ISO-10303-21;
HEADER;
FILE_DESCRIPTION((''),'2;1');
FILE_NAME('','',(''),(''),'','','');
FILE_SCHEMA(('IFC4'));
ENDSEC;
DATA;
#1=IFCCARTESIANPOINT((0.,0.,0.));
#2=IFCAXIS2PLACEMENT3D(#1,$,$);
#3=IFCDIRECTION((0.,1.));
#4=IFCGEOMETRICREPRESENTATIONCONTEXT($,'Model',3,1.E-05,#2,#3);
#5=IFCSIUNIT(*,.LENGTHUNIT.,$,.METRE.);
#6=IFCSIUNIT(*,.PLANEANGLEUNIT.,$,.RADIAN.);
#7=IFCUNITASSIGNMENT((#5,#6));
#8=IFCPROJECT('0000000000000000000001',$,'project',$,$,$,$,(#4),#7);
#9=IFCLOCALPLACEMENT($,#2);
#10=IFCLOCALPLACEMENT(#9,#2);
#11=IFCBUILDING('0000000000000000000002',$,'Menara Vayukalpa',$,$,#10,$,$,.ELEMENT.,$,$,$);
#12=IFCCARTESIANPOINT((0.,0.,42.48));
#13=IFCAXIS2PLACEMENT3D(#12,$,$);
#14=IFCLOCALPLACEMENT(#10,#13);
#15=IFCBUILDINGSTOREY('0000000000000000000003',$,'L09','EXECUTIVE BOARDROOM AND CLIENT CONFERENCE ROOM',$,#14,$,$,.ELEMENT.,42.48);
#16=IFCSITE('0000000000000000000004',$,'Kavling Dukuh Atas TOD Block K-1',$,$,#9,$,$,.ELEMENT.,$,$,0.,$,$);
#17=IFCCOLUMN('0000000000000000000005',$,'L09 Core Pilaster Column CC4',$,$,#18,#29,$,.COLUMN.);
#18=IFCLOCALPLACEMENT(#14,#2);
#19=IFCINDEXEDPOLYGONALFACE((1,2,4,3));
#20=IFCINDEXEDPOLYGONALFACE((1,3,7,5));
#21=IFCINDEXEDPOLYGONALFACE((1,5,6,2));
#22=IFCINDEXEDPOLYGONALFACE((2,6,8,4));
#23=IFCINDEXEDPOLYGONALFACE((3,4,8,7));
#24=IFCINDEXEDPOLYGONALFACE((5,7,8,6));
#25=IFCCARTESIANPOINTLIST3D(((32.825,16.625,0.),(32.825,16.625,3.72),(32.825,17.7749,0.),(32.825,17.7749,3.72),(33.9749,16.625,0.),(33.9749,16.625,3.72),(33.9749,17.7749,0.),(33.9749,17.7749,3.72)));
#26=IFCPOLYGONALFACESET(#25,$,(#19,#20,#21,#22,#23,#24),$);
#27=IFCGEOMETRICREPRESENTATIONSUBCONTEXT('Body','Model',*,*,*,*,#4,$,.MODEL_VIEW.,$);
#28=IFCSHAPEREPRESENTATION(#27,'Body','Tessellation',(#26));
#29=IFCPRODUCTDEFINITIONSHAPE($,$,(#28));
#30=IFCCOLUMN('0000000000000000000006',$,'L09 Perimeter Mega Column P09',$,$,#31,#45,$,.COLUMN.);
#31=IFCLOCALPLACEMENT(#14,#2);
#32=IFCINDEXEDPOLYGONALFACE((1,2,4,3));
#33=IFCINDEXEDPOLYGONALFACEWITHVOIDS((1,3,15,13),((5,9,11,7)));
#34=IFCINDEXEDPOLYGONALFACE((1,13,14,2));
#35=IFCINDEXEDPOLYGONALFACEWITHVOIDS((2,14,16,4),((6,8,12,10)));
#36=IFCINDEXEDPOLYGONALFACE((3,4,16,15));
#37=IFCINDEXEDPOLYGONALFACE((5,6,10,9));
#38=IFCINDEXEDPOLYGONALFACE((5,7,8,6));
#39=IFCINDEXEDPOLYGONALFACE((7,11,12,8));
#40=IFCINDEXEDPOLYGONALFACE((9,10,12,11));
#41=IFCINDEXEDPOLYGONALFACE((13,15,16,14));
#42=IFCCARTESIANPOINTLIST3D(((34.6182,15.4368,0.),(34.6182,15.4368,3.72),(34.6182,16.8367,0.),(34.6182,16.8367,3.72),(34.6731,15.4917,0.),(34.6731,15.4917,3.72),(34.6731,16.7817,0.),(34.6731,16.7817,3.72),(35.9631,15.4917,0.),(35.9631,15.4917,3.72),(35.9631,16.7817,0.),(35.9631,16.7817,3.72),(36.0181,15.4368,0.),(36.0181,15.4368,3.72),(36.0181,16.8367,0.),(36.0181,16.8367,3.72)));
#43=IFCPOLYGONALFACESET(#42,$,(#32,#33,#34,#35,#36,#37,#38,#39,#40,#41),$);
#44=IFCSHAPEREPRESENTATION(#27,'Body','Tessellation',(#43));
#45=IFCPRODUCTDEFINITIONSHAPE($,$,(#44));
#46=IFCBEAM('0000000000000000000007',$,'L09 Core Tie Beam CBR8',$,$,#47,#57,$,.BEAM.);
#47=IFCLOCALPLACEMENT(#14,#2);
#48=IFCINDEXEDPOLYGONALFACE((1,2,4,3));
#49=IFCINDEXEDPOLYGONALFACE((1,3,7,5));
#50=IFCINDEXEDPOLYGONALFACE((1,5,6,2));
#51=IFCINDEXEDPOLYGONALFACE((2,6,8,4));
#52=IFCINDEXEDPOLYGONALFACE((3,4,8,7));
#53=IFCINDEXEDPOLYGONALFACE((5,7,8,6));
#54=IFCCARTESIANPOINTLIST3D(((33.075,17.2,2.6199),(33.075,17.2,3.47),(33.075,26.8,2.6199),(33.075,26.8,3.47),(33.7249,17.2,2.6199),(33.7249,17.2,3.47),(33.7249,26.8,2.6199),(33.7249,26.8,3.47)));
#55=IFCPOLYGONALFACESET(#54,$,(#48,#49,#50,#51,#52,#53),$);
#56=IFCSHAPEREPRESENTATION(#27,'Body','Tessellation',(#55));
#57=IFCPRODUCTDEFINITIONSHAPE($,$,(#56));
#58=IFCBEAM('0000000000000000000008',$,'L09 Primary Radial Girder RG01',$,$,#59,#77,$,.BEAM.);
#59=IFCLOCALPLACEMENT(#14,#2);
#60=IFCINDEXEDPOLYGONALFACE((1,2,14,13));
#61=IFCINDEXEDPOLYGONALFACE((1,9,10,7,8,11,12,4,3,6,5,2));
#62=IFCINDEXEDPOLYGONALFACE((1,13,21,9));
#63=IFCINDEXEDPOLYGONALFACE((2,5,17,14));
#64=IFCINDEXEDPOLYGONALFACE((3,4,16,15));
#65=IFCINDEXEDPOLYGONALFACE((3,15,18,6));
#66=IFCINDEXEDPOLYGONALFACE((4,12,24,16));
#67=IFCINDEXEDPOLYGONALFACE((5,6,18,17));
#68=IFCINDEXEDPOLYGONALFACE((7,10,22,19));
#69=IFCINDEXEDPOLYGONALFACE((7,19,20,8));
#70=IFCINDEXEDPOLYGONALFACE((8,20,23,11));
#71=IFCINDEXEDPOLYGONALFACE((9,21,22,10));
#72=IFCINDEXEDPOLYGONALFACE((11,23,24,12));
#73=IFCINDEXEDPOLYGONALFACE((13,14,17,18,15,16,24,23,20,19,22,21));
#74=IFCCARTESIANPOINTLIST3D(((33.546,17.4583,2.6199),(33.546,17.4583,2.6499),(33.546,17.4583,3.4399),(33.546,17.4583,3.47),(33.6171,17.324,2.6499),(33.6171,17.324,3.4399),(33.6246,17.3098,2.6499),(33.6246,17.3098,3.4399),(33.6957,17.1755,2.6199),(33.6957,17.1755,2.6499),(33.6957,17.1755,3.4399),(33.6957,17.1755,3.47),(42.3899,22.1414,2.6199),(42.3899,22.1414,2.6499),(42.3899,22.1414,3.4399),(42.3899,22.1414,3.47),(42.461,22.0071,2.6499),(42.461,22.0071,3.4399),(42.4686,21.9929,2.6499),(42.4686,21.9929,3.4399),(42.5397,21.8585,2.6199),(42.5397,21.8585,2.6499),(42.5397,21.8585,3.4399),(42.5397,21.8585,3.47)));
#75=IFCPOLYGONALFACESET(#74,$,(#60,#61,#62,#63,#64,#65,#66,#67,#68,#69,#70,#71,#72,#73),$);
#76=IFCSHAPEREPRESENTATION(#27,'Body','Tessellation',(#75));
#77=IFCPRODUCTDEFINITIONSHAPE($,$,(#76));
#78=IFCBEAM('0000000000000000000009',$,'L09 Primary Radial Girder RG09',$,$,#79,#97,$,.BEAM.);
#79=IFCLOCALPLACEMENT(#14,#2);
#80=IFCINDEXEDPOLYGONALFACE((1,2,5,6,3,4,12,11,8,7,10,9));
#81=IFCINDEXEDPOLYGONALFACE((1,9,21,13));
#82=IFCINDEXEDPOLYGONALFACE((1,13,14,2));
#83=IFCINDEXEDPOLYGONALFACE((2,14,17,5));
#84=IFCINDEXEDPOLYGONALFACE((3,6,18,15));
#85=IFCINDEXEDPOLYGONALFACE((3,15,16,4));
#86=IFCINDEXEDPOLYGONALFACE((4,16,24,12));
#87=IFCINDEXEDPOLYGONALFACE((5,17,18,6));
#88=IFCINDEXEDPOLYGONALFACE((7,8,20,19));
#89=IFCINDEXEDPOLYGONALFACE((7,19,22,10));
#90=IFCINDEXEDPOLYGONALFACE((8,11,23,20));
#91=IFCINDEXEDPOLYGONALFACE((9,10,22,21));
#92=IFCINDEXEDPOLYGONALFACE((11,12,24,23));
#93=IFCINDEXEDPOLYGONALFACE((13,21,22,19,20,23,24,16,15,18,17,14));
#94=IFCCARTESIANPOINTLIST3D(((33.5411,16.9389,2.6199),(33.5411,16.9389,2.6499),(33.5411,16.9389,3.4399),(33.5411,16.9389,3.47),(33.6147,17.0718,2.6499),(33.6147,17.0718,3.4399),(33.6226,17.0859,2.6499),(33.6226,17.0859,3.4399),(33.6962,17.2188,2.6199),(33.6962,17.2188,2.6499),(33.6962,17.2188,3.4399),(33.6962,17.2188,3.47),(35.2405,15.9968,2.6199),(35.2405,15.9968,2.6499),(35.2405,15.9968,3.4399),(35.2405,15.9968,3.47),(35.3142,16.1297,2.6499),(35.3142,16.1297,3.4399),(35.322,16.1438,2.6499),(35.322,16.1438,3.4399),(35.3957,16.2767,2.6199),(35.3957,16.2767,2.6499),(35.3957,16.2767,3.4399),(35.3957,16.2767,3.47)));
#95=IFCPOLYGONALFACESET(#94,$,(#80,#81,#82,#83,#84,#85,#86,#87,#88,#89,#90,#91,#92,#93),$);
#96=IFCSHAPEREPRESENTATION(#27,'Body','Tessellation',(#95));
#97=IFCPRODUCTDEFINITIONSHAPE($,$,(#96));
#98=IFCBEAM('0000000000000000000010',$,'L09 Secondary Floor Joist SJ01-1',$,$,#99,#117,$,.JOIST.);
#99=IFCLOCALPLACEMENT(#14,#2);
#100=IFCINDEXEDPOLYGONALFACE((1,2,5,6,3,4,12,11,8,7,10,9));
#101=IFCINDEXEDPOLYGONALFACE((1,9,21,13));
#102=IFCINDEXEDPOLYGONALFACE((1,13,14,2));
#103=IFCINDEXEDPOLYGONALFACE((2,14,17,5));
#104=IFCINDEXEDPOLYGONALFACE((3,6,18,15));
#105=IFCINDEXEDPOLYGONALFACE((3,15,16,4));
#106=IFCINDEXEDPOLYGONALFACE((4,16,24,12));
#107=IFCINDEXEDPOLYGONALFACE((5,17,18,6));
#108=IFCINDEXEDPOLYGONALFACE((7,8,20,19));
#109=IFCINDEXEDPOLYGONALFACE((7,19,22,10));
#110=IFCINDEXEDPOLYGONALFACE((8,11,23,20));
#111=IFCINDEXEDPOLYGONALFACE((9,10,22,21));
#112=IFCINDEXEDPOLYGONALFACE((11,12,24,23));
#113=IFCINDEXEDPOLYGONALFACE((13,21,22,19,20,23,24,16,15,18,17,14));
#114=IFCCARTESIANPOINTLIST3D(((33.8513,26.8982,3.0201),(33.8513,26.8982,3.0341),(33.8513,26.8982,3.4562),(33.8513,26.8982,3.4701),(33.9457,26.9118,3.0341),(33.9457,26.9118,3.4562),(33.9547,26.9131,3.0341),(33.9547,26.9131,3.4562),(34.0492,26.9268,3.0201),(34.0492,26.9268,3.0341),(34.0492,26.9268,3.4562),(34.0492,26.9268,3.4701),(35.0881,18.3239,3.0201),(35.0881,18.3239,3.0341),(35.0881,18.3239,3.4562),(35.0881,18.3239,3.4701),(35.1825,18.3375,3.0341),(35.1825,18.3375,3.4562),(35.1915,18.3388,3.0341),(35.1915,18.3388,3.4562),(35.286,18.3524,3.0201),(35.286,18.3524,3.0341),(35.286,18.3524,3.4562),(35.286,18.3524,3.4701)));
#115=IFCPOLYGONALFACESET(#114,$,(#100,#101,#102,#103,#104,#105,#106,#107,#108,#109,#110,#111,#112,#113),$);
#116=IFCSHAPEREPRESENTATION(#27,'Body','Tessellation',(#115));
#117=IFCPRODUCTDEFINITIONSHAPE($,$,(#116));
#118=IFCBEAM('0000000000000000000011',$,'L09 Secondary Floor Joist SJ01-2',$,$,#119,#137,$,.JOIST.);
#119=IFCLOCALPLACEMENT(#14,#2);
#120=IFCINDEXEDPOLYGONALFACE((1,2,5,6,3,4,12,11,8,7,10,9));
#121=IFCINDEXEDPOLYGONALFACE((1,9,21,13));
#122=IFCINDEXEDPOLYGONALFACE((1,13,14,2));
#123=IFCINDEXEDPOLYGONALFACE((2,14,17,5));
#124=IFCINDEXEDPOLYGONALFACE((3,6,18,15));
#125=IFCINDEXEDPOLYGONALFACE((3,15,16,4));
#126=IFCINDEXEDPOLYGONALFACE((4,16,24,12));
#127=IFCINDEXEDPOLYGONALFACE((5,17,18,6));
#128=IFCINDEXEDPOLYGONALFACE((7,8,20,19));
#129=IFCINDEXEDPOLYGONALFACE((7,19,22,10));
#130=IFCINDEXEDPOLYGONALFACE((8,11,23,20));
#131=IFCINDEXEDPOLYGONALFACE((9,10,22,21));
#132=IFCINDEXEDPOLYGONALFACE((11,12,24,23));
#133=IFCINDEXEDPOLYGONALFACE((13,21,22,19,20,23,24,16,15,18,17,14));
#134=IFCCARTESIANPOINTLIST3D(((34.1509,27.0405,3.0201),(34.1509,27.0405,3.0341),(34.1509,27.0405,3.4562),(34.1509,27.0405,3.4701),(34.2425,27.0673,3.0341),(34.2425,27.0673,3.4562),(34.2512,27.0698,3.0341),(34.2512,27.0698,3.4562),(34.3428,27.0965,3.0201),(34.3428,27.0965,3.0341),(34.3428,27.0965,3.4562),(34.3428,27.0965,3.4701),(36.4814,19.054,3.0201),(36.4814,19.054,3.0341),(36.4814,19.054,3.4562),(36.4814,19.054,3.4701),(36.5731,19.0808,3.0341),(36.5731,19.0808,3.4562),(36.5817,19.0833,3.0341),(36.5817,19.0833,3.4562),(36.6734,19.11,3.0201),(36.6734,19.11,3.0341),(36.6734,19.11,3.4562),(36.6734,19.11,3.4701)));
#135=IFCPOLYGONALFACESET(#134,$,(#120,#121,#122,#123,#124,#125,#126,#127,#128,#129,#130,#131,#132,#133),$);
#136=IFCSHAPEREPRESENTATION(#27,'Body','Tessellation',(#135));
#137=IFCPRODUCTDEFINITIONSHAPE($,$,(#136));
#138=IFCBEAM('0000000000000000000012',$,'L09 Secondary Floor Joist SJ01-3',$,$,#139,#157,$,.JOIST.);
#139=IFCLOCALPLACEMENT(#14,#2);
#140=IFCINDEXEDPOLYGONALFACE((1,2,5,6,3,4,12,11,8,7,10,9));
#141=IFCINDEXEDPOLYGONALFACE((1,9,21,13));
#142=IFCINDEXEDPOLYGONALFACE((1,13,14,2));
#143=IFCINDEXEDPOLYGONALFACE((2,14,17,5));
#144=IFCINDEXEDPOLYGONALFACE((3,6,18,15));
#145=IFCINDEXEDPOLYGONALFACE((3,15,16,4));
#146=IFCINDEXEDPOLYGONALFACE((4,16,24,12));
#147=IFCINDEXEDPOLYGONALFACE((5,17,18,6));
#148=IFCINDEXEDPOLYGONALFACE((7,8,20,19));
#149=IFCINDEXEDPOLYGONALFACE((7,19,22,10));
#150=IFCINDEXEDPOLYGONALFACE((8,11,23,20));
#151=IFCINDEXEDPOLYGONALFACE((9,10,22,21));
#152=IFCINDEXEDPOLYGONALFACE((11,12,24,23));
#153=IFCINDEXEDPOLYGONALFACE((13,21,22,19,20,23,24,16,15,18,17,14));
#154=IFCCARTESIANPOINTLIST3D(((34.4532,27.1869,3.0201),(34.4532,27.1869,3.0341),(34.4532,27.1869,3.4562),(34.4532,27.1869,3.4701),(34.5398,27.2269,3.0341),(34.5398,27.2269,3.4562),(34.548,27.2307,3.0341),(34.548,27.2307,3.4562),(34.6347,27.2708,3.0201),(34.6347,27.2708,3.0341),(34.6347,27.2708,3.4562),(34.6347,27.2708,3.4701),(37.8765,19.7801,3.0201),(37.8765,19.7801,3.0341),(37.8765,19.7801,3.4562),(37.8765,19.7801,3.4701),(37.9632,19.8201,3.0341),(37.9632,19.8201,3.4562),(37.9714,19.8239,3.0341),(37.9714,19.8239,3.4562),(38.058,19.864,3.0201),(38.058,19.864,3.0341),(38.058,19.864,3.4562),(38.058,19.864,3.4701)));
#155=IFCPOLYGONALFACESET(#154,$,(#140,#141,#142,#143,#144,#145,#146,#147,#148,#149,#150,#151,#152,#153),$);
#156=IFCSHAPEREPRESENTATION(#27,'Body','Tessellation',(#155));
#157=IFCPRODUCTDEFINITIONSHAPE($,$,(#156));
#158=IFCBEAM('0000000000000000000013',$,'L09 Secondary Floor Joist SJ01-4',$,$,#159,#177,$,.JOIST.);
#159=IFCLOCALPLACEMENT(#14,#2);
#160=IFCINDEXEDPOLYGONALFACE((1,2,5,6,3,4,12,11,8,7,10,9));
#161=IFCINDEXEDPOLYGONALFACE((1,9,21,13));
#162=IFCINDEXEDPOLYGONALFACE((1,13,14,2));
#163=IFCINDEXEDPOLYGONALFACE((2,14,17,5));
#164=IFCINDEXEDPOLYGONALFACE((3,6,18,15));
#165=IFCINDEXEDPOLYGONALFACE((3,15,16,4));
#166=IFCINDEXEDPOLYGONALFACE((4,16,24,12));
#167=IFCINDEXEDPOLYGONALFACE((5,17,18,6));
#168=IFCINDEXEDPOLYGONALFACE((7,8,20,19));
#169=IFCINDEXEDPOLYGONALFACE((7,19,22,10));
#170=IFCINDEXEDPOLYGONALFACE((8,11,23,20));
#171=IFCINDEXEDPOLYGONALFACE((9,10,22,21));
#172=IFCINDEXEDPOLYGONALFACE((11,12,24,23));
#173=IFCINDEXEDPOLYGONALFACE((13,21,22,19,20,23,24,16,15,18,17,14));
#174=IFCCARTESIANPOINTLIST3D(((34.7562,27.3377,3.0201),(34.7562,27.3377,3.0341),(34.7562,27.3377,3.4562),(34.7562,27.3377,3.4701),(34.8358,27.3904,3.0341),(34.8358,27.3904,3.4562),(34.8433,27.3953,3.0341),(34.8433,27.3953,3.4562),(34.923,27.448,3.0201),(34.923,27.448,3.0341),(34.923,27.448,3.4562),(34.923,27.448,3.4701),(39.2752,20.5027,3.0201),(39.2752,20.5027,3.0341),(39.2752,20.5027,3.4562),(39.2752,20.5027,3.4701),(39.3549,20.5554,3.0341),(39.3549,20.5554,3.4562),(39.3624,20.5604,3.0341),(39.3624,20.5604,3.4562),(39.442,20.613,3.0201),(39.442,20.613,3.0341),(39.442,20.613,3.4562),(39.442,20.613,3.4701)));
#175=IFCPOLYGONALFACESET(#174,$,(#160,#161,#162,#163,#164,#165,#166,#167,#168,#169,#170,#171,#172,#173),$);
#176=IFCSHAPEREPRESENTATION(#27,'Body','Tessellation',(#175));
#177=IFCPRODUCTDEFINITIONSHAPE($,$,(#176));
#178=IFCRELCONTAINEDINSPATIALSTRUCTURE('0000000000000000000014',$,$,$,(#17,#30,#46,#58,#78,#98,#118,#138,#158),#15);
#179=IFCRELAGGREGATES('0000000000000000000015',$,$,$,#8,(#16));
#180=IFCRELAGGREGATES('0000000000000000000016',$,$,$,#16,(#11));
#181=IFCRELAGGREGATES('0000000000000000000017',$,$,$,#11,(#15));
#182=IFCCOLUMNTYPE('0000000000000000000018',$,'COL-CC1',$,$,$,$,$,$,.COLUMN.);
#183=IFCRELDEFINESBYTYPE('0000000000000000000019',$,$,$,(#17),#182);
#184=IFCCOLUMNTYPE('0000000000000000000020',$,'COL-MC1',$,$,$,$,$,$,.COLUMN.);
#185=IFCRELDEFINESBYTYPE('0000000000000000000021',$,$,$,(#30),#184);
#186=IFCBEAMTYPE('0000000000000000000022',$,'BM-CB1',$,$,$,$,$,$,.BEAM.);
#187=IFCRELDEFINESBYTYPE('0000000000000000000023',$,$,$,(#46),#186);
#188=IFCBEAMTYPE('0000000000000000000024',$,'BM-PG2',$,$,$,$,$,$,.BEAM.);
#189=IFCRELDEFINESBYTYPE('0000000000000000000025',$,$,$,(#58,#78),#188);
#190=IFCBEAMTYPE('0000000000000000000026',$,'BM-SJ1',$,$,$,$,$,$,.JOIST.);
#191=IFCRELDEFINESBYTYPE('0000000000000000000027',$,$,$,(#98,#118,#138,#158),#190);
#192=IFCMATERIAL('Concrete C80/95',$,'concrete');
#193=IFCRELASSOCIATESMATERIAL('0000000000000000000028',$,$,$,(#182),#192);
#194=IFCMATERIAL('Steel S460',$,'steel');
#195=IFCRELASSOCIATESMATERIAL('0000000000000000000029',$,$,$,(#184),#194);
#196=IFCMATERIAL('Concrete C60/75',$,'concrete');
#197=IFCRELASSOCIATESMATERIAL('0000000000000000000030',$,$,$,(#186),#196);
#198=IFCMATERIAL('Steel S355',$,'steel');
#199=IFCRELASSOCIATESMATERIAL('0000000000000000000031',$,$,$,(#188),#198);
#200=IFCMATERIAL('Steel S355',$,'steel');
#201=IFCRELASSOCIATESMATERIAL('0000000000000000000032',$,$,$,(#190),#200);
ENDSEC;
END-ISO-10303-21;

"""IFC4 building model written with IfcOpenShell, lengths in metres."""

from ifc_helpers import new_model, si_unit, direction, frame, origin, origin_2d, place, context, subcontext, project, spatial, rectangle, hollow_rectangle, i_section, extrude, material, material_profile, profile_set, type_object, element, save


model = new_model("IFC4")

# Units and contexts
model_context = context("Model", 3, precision=1e-05, world=origin(), true_north=direction((0.0, 1.0)))
body_context = subcontext(model_context, "Body", "Model", "MODEL_VIEW")
ifc_project = project(units=[si_unit("LENGTHUNIT", "METRE"), si_unit("PLANEANGLEUNIT", "RADIAN")], contexts=[model_context])

# Site, building, storey
site_placement = place(None, origin())
site = spatial("IfcSite", under=ifc_project, at=site_placement, Name="Kavling Dukuh Atas TOD Block K-1", CompositionType="ELEMENT", RefElevation=0.0)
building_placement = place(site_placement, origin())
building = spatial("IfcBuilding", under=site, at=building_placement, Name="Menara Vayukalpa", CompositionType="ELEMENT")
storey_placement = place(building_placement, frame((0.0, 0.0, 42.48)))
storey = spatial("IfcBuildingStorey", under=building, at=storey_placement, Name="L09", Description="EXECUTIVE BOARDROOM AND CLIENT CONFERENCE ROOM", CompositionType="ELEMENT", Elevation=42.48)

# Columns
ifc_material_1 = material(Name="Concrete C80/95", Category="concrete")
ifc_material_profile_1 = material_profile(ifc_material_1, rectangle(XDim=1.1499, YDim=1.1499, at=origin_2d()), Name="RC 1150x1150")
ifc_profile_set_1 = profile_set([ifc_material_profile_1], Name="Concrete C80/95")
column_type_1 = type_object("IfcColumnType", Name="COL-CC1", PredefinedType="COLUMN", material=ifc_profile_set_1)
column_1_placement = place(storey_placement, frame((33.3999, 17.2, 0.0), z_axis=(0.0, 0.0, 1.0), x_axis=(1.0, 0.0, 0.0)))
element("IfcColumn", 1, at=column_1_placement, inside=storey, type_object=column_type_1, Name="L09 Core Pilaster Column CC4", PredefinedType="COLUMN", context=body_context, shape_type="SweptSolid", body=[
    extrude(rectangle(XDim=1.1499, YDim=1.1499, at=origin_2d()), origin(), (0.0, 0.0, 1.0), 3.72),
])
ifc_material_2 = material(Name="Steel S460", Category="steel")
ifc_material_profile_2 = material_profile(ifc_material_2, hollow_rectangle(XDim=1.3999, YDim=1.3999, WallThickness=0.0549, at=origin_2d()), Name="BOX 1400x1400x55")
ifc_profile_set_2 = profile_set([ifc_material_profile_2], Name="Steel S460")
column_type_2 = type_object("IfcColumnType", Name="COL-MC1", PredefinedType="COLUMN", material=ifc_profile_set_2)
column_2_placement = place(storey_placement, frame((35.3181, 16.1367, 0.0), z_axis=(0.0, 0.0, 1.0), x_axis=(1.0, 0.0, 0.0)))
element("IfcColumn", 2, at=column_2_placement, inside=storey, type_object=column_type_2, Name="L09 Perimeter Mega Column P09", PredefinedType="COLUMN", context=body_context, shape_type="SweptSolid", body=[
    extrude(hollow_rectangle(XDim=1.3999, YDim=1.3999, WallThickness=0.0549, at=origin_2d()), origin(), (0.0, 0.0, 1.0), 3.72),
])

# Beams
ifc_material_3 = material(Name="Concrete C60/75", Category="concrete")
ifc_material_profile_3 = material_profile(ifc_material_3, rectangle(XDim=0.6499, YDim=0.8501, at=origin_2d()), Name="RC 650x850")
ifc_profile_set_3 = profile_set([ifc_material_profile_3], Name="Concrete C60/75")
beam_type_1 = type_object("IfcBeamType", Name="BM-CB1", PredefinedType="BEAM", material=ifc_profile_set_3)
beam_1_placement = place(storey_placement, frame((33.3999, 17.2, 3.0449), z_axis=(0.0, 1.0, 0.0), x_axis=(-1.0, 0.0, 0.0)))
element("IfcBeam", 3, at=beam_1_placement, inside=storey, type_object=beam_type_1, Name="L09 Core Tie Beam CBR8", PredefinedType="BEAM", context=body_context, shape_type="SweptSolid", body=[
    extrude(rectangle(XDim=0.6499, YDim=0.8501, at=origin_2d()), origin(), (0.0, 0.0, 1.0), 9.6001),
])
ifc_material_4 = material(Name="Steel S355", Category="steel")
ifc_material_profile_4 = material_profile(ifc_material_4, i_section(OverallWidth=0.3201, OverallDepth=0.8501, WebThickness=0.0161, FlangeThickness=0.03, at=origin_2d()), Name="WF 850x320x16x30")
ifc_profile_set_4 = profile_set([ifc_material_profile_4], Name="Steel S355")
beam_type_2 = type_object("IfcBeamType", Name="BM-PG2", PredefinedType="BEAM", material=ifc_profile_set_4)
beam_2_placement = place(storey_placement, frame((33.6208, 17.3169, 3.0449), z_axis=(0.883747, 0.467965, 0.0), x_axis=(-0.467965, 0.883747, 0.0)))
element("IfcBeam", 4, at=beam_2_placement, inside=storey, type_object=beam_type_2, Name="L09 Primary Radial Girder RG01", PredefinedType="BEAM", context=body_context, shape_type="SweptSolid", body=[
    extrude(i_section(OverallWidth=0.3201, OverallDepth=0.8501, WebThickness=0.0161, FlangeThickness=0.03, at=origin_2d()), origin(), (0.0, 0.0, 1.0), 10.0073),
])
beam_3_placement = place(storey_placement, frame((33.6187, 17.0789, 3.0449), z_axis=(0.874595, -0.484853, 0.0), x_axis=(0.484853, 0.874595, 0.0)))
element("IfcBeam", 5, at=beam_3_placement, inside=storey, type_object=beam_type_2, Name="L09 Primary Radial Girder RG09", PredefinedType="BEAM", context=body_context, shape_type="SweptSolid", body=[
    extrude(i_section(OverallWidth=0.3201, OverallDepth=0.8501, WebThickness=0.0161, FlangeThickness=0.03, at=origin_2d()), origin(), (0.0, 0.0, 1.0), 1.9431),
])
ifc_material_5 = material(Name="Steel S355", Category="steel")
ifc_material_profile_5 = material_profile(ifc_material_5, i_section(OverallWidth=0.2, OverallDepth=0.45, WebThickness=0.009, FlangeThickness=0.0139, at=origin_2d()), Name="WF 450x200x9x14")
ifc_profile_set_5 = profile_set([ifc_material_profile_5], Name="Steel S355")
beam_type_3 = type_object("IfcBeamType", Name="BM-SJ1", PredefinedType="JOIST", material=ifc_profile_set_5)
beam_4_placement = place(storey_placement, frame((35.187, 18.3381, 3.2451), z_axis=(-0.142767, 0.989756, 0.0), x_axis=(-0.989756, -0.142767, 0.0)))
element("IfcBeam", 6, at=beam_4_placement, inside=storey, type_object=beam_type_3, Name="L09 Secondary Floor Joist SJ01-1", PredefinedType="JOIST", context=body_context, shape_type="SweptSolid", body=[
    extrude(i_section(OverallWidth=0.2, OverallDepth=0.45, WebThickness=0.009, FlangeThickness=0.0139, at=origin_2d()), origin(), (0.0, 0.0, 1.0), 8.6631),
])
beam_5_placement = place(storey_placement, frame((36.5774, 19.082, 3.2451), z_axis=(-0.280127, 0.959963, 0.0), x_axis=(-0.959963, -0.280127, 0.0)))
element("IfcBeam", 7, at=beam_5_placement, inside=storey, type_object=beam_type_3, Name="L09 Secondary Floor Joist SJ01-2", PredefinedType="JOIST", context=body_context, shape_type="SweptSolid", body=[
    extrude(i_section(OverallWidth=0.2, OverallDepth=0.45, WebThickness=0.009, FlangeThickness=0.0139, at=origin_2d()), origin(), (0.0, 0.0, 1.0), 8.3196),
])
beam_6_placement = place(storey_placement, frame((37.9673, 19.822, 3.2451), z_axis=(-0.419548, 0.907733, 0.0), x_axis=(-0.907733, -0.419548, 0.0)))
element("IfcBeam", 8, at=beam_6_placement, inside=storey, type_object=beam_type_3, Name="L09 Secondary Floor Joist SJ01-3", PredefinedType="JOIST", context=body_context, shape_type="SweptSolid", body=[
    extrude(i_section(OverallWidth=0.2, OverallDepth=0.45, WebThickness=0.009, FlangeThickness=0.0139, at=origin_2d()), origin(), (0.0, 0.0, 1.0), 8.1597),
])
beam_7_placement = place(storey_placement, frame((39.3586, 20.5579, 3.2451), z_axis=(-0.551519, 0.834162, 0.0), x_axis=(-0.834162, -0.551519, 0.0)))
element("IfcBeam", 9, at=beam_7_placement, inside=storey, type_object=beam_type_3, Name="L09 Secondary Floor Joist SJ01-4", PredefinedType="JOIST", context=body_context, shape_type="SweptSolid", body=[
    extrude(i_section(OverallWidth=0.2, OverallDepth=0.45, WebThickness=0.009, FlangeThickness=0.0139, at=origin_2d()), origin(), (0.0, 0.0, 1.0), 8.1938),
])

save(model, "model.ifc")
